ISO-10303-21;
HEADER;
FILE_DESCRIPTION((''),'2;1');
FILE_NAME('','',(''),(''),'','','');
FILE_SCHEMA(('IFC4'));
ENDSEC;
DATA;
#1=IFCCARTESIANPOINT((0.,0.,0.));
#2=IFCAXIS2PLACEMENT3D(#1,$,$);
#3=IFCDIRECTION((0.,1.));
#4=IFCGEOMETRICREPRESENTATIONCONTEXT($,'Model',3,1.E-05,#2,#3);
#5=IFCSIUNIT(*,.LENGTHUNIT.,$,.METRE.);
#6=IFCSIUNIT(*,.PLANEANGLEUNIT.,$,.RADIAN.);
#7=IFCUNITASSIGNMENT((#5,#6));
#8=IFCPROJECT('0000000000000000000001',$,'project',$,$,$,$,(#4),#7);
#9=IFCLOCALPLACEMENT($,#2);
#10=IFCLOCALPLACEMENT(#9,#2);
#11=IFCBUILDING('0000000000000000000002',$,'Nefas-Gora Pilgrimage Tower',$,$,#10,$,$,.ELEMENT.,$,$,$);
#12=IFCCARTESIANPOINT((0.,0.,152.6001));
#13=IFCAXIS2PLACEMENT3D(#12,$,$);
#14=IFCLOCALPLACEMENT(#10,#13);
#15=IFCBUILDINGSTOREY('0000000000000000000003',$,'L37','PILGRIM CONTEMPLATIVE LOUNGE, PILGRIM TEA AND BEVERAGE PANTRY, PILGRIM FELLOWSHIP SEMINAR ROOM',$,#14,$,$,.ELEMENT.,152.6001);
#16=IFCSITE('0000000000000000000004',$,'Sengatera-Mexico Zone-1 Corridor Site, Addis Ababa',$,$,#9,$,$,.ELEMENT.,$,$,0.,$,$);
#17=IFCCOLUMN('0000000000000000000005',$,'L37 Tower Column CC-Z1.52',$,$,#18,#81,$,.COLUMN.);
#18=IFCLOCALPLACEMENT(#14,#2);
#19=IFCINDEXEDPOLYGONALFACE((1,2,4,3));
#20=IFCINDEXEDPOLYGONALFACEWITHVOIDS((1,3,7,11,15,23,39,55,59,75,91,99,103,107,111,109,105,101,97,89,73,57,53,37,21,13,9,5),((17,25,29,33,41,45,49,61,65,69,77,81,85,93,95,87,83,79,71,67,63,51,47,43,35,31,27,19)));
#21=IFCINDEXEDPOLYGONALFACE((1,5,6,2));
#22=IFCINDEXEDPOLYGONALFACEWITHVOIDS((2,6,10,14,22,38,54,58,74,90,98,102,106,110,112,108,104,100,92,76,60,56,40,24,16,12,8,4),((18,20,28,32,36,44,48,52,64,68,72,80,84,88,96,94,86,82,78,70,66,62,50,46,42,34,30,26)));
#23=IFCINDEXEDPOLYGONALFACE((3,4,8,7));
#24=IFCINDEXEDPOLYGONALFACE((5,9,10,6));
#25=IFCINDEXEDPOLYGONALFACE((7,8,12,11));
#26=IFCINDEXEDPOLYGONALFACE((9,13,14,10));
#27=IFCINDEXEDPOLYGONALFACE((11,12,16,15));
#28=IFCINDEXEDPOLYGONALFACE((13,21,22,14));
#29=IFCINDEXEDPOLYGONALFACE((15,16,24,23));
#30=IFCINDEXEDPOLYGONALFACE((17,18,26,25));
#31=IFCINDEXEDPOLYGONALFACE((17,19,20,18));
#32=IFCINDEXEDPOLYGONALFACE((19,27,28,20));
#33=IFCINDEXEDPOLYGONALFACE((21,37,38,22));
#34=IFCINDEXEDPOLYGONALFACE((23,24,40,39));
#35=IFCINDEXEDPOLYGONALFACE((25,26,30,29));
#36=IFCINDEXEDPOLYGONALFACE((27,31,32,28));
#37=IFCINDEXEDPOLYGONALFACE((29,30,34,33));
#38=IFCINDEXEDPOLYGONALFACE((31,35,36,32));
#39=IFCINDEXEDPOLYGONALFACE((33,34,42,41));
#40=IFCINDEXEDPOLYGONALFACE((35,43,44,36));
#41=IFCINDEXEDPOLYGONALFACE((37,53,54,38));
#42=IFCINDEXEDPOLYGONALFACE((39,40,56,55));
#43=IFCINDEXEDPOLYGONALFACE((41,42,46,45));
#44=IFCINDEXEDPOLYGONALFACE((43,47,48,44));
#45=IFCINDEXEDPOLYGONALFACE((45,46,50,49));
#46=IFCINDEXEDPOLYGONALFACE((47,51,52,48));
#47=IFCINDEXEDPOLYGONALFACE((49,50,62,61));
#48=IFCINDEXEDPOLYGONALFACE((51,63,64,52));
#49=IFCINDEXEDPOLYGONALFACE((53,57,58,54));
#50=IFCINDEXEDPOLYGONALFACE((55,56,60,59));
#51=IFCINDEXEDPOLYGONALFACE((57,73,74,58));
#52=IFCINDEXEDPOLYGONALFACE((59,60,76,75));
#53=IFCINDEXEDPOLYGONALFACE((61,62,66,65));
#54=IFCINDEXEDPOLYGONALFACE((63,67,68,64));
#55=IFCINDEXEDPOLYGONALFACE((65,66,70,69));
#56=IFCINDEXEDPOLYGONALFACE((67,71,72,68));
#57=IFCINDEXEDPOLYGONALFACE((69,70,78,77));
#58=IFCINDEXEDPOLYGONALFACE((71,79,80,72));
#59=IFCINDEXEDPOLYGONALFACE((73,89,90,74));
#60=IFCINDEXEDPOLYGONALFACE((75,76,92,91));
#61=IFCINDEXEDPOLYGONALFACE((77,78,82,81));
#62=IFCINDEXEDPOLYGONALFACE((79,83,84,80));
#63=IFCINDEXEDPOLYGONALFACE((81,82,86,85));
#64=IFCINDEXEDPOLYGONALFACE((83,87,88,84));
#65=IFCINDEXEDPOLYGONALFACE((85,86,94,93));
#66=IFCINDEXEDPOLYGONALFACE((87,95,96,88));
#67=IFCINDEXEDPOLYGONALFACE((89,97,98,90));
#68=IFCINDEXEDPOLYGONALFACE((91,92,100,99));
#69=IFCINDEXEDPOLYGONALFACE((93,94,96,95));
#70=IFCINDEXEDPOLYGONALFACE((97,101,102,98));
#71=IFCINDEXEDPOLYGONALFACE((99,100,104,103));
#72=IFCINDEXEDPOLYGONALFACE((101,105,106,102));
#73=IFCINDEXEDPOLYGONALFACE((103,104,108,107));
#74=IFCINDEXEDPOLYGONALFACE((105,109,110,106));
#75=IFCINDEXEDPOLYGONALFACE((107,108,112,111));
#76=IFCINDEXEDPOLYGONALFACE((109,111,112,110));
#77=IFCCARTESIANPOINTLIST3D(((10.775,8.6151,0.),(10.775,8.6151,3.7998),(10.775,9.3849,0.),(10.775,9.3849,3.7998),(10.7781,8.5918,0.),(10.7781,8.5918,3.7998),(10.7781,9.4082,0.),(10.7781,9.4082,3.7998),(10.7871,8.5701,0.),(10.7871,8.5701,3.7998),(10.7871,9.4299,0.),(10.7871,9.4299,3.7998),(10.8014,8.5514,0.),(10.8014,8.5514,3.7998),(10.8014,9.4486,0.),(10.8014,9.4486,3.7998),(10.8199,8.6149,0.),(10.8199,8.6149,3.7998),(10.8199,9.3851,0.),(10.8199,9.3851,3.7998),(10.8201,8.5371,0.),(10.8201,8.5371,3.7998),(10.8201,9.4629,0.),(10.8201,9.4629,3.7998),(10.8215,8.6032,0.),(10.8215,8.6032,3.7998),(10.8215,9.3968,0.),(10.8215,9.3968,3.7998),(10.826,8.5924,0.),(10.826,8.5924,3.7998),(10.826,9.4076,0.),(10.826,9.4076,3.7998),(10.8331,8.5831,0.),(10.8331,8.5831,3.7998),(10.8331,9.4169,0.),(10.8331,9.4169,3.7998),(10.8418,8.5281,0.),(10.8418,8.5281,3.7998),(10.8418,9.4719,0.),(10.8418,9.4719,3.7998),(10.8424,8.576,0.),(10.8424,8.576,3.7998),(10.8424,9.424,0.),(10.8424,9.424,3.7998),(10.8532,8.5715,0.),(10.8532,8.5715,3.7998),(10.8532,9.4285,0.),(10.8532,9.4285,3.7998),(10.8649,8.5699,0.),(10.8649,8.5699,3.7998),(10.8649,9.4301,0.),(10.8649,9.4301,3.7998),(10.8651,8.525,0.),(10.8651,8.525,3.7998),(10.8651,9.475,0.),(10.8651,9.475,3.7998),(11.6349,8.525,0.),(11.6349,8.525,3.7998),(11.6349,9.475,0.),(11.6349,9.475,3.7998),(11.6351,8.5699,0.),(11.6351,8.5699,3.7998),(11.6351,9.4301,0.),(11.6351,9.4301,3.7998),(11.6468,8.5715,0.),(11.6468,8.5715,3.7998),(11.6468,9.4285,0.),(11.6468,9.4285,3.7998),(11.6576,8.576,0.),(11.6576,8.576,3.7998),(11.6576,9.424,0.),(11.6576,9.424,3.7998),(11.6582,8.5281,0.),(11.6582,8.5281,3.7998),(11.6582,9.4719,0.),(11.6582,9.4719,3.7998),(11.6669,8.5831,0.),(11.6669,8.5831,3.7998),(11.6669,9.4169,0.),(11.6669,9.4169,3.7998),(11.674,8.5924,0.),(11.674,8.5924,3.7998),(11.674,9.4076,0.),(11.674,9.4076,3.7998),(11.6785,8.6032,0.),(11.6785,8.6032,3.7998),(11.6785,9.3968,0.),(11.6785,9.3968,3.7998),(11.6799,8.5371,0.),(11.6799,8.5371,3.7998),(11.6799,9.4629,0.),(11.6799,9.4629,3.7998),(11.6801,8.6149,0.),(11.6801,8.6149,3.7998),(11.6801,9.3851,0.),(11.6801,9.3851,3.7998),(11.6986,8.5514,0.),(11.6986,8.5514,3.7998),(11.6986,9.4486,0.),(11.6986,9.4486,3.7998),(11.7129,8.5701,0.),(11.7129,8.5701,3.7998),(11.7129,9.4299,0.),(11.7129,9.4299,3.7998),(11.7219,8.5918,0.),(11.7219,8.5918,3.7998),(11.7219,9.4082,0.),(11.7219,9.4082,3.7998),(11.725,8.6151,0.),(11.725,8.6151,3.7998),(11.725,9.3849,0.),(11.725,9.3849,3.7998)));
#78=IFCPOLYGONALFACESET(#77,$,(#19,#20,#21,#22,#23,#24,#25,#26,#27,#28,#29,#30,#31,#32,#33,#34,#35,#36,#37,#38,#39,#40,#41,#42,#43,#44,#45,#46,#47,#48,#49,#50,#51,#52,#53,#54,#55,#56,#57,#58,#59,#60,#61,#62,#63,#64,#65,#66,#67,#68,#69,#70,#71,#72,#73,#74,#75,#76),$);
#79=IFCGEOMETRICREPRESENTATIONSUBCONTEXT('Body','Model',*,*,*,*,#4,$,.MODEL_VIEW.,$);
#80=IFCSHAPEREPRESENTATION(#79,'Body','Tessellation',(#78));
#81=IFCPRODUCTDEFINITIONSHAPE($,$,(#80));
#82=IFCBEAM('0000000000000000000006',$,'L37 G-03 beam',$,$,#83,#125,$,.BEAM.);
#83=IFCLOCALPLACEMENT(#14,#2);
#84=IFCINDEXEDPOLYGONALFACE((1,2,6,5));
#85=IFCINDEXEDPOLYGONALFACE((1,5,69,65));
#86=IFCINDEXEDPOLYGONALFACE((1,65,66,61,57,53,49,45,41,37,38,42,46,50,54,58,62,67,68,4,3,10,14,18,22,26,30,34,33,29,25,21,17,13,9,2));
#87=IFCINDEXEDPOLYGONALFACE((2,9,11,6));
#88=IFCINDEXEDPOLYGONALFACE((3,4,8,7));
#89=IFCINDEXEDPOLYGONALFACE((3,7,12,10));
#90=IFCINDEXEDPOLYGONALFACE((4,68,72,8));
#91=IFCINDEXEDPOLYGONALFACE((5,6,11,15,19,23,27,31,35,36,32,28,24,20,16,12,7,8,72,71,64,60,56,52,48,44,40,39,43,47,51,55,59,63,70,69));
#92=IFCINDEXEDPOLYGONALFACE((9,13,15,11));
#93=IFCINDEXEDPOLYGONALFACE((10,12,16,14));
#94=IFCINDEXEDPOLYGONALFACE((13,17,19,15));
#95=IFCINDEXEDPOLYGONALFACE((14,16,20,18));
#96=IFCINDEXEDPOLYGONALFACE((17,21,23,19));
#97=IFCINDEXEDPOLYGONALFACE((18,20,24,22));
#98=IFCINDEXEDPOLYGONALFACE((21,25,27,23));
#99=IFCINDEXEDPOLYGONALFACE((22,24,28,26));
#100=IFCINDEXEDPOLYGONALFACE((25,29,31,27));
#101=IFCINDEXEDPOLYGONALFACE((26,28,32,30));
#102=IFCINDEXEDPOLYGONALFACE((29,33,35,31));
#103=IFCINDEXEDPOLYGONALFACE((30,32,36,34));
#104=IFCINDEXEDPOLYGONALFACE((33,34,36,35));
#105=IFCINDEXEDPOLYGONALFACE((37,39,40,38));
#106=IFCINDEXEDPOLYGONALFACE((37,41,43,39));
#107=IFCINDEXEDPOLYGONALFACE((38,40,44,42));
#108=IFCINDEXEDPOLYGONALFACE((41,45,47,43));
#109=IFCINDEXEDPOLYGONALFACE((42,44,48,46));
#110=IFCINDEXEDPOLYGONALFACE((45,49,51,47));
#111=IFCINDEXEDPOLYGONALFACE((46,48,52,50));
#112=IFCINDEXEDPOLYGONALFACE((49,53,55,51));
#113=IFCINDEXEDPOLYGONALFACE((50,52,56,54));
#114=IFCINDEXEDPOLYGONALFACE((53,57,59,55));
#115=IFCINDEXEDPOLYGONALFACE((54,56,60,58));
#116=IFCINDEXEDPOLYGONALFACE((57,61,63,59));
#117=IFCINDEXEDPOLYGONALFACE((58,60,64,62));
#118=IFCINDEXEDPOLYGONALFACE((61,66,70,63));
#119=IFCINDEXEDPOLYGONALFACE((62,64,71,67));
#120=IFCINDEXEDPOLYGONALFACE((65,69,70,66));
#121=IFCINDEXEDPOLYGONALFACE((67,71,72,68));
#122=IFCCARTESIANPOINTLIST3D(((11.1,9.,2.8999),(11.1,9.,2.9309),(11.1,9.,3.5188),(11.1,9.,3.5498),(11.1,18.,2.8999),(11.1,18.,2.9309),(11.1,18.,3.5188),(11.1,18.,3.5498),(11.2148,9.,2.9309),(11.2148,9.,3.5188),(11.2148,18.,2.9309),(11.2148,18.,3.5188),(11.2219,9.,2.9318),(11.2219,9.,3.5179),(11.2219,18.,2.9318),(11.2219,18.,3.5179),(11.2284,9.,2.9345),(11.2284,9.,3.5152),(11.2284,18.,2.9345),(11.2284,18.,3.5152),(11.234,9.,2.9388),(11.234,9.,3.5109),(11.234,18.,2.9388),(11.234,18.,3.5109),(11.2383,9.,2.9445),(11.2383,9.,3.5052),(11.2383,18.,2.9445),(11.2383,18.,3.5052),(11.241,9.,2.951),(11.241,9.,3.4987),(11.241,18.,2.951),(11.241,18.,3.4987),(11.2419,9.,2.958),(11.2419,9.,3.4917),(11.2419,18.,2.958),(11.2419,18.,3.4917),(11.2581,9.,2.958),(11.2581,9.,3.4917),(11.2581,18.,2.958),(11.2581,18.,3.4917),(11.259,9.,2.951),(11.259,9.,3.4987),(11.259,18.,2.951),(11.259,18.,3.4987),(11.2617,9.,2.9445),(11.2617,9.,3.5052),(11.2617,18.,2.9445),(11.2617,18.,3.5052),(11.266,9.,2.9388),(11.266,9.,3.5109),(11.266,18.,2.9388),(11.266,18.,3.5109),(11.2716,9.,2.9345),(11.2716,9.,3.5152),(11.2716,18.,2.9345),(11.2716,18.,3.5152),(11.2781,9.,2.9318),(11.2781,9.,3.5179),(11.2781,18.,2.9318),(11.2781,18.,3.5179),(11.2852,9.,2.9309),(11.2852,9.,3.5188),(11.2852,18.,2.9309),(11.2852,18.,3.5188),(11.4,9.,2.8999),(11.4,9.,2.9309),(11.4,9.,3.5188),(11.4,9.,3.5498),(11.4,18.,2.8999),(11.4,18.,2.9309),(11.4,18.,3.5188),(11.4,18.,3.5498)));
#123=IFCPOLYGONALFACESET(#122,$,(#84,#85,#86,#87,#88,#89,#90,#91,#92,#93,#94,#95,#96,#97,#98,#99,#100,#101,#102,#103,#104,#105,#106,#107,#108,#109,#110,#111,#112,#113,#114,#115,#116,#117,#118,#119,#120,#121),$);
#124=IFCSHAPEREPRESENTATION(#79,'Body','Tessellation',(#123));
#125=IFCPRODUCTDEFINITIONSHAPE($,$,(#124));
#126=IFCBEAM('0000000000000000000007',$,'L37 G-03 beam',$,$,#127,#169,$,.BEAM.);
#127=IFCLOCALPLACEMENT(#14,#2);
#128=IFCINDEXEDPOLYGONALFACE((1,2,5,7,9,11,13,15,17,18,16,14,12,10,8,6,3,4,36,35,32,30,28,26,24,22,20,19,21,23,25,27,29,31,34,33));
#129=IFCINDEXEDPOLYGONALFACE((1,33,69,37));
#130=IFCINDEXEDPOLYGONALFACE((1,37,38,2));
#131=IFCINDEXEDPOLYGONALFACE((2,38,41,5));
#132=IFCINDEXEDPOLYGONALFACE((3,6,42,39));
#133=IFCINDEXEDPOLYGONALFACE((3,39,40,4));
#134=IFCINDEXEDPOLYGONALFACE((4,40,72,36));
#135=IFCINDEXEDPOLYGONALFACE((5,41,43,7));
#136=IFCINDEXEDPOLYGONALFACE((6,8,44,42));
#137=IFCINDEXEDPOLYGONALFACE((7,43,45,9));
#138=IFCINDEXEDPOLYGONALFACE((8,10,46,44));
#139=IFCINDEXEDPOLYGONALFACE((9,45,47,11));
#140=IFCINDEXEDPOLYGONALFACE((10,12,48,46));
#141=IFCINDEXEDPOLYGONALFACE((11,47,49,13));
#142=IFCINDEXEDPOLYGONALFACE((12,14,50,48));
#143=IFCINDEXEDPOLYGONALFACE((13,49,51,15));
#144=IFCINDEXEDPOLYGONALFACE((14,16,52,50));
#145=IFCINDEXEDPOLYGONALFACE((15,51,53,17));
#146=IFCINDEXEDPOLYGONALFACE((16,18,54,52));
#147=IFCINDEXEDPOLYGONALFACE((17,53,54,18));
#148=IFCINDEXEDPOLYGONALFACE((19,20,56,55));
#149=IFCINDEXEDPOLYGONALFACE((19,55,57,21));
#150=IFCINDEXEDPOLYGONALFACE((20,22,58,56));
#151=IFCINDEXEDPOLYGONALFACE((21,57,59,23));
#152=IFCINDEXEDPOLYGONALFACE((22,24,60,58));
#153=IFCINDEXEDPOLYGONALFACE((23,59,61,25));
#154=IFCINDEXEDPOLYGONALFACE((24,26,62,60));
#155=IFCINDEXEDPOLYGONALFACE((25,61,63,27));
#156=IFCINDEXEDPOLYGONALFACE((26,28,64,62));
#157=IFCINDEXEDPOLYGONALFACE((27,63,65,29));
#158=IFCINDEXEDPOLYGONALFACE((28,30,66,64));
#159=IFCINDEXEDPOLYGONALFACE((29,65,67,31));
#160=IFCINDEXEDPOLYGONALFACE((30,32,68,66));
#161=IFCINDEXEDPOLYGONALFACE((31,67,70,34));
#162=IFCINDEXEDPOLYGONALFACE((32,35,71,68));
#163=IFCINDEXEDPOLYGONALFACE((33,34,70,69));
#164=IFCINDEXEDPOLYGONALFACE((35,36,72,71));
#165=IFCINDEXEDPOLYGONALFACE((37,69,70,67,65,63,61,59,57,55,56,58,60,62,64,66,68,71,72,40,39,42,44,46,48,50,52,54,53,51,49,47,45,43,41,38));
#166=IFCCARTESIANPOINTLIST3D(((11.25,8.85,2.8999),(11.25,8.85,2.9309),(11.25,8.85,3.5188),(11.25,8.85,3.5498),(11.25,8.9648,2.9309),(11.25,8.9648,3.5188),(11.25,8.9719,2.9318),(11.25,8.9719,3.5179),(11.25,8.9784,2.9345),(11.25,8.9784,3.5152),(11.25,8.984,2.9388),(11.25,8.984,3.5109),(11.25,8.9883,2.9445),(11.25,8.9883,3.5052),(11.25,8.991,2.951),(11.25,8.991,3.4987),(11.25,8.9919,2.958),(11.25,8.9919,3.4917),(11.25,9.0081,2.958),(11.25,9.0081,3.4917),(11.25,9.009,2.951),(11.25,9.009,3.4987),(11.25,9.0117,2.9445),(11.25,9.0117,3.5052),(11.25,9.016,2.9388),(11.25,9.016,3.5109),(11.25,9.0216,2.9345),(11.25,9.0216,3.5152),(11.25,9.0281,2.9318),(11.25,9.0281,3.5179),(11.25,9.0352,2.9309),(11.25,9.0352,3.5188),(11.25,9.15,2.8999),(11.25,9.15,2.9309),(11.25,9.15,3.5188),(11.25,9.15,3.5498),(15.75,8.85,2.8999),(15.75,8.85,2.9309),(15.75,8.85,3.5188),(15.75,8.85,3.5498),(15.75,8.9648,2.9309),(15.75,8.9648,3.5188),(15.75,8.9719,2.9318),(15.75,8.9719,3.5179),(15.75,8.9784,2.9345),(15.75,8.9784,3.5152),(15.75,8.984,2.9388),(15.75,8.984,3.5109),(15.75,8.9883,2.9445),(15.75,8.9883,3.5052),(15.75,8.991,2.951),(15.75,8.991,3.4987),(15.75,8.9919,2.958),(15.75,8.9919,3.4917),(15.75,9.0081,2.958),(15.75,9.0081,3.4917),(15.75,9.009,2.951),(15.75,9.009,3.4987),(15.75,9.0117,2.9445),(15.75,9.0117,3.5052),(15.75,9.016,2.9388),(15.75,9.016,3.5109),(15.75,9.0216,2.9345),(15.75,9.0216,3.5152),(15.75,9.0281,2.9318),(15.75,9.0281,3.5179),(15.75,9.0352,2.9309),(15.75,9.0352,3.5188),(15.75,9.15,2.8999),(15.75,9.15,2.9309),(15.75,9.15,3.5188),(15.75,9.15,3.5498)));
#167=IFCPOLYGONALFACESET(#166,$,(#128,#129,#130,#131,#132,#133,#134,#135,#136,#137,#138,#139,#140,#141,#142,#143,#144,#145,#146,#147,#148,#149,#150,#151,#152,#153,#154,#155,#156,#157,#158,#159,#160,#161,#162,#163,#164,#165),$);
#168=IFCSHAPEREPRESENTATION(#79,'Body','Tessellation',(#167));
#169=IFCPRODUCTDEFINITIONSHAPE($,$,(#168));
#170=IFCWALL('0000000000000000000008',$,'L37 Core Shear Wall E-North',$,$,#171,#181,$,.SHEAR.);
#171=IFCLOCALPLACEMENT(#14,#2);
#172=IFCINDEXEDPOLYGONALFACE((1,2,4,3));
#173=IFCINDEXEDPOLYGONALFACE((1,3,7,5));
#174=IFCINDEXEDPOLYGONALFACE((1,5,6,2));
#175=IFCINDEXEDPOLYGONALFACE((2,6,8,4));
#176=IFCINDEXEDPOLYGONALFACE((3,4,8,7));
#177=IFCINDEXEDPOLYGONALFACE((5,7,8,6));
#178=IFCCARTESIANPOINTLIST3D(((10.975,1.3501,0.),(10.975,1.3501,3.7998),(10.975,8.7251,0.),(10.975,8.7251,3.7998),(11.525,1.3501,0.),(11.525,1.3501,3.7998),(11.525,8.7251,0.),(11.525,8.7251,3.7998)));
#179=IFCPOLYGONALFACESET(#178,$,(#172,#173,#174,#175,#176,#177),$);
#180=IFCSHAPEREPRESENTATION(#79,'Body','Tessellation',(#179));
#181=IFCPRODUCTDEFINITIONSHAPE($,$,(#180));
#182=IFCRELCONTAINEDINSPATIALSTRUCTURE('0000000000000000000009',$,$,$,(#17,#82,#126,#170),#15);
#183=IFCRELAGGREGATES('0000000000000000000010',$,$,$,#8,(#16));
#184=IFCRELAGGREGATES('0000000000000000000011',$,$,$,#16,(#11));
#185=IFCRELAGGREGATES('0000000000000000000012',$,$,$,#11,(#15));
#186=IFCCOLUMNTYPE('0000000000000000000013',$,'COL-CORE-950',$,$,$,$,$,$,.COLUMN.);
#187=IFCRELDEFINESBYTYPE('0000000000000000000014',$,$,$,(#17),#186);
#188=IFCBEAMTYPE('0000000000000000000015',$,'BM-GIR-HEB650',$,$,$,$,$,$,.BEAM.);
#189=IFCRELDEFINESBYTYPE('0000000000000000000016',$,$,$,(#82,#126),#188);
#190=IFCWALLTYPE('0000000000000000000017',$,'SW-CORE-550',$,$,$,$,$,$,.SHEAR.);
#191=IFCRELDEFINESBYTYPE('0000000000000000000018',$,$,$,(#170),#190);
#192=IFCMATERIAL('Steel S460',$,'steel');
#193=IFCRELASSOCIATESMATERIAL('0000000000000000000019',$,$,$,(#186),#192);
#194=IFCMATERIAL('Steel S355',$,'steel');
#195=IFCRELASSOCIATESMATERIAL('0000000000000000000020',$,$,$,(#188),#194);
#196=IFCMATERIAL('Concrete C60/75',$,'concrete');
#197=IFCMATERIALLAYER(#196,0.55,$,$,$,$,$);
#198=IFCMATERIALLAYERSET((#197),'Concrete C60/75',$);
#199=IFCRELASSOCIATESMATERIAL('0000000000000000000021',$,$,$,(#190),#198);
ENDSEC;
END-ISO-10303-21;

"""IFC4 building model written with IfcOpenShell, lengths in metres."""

from ifc_helpers import new_model, si_unit, direction, frame, frame_2d, origin, origin_2d, place, context, subcontext, project, spatial, rectangle, hollow_rectangle, i_section, extrude, source, transform, mapped, material, layer, layer_set, material_profile, profile_set, type_object, element, save


model = new_model("IFC4")

# Units and contexts
model_context = context("Model", 3, precision=1e-05, world=origin(), true_north=direction((0.0, 1.0)))
body_context = subcontext(model_context, "Body", "Model", "MODEL_VIEW")
ifc_project = project(units=[si_unit("LENGTHUNIT", "METRE"), si_unit("PLANEANGLEUNIT", "RADIAN")], contexts=[model_context])

# Site, building, storey
site_placement = place(None, origin())
site = spatial("IfcSite", under=ifc_project, at=site_placement, Name="Sengatera-Mexico Zone-1 Corridor Site, Addis Ababa", CompositionType="ELEMENT", RefElevation=0.0)
building_placement = place(site_placement, origin())
building = spatial("IfcBuilding", under=site, at=building_placement, Name="Nefas-Gora Pilgrimage Tower", CompositionType="ELEMENT")
storey_placement = place(building_placement, frame((0.0, 0.0, 152.6001)))
storey = spatial("IfcBuildingStorey", under=building, at=storey_placement, Name="L37", Description="PILGRIM CONTEMPLATIVE LOUNGE, PILGRIM TEA AND BEVERAGE PANTRY, PILGRIM FELLOWSHIP SEMINAR ROOM", CompositionType="ELEMENT", Elevation=152.6001)

# Column
ifc_material_1 = material(Name="Steel S460", Category="steel")
ifc_material_profile_1 = material_profile(ifc_material_1, hollow_rectangle(XDim=0.95, YDim=0.95, WallThickness=0.0449, InnerFilletRadius=0.0449, OuterFilletRadius=0.0901, at=origin_2d()), Name="BOX 950x950x45")
ifc_profile_set_1 = profile_set([ifc_material_profile_1], Name="Steel S460")
column_type = type_object("IfcColumnType", Name="COL-CORE-950", PredefinedType="COLUMN", material=ifc_profile_set_1)
shared_shape_1 = source(origin(), body_context, "Body", "SweptSolid", [
    extrude(hollow_rectangle(XDim=0.95, YDim=0.95, WallThickness=0.0449, InnerFilletRadius=0.0449, OuterFilletRadius=0.0901, at=origin_2d()), origin(), (0.0, 0.0, 1.0), 3.7998),
])
column_placement = place(storey_placement, frame((11.25, 9.0, 0.0), z_axis=(0.0, 0.0, 1.0), x_axis=(1.0, 0.0, 0.0)))
element("IfcColumn", 1, at=column_placement, inside=storey, type_object=column_type, Name="L37 Tower Column CC-Z1.52", PredefinedType="COLUMN", context=body_context, shape_type="MappedRepresentation", body=[
    mapped(shared_shape_1, transform((0.0, 0.0, 0.0), x_axis=(1.0, 0.0, 0.0), y_axis=(0.0, 1.0, 0.0), z_axis=(0.0, 0.0, 1.0), scale=1.0)),
])

# Beams
ifc_material_2 = material(Name="Steel S355", Category="steel")
ifc_material_profile_2 = material_profile(ifc_material_2, i_section(OverallWidth=0.3, OverallDepth=0.6499, WebThickness=0.0161, FlangeThickness=0.031, FilletRadius=0.0271, at=origin_2d()), Name="HEB 650")
ifc_profile_set_2 = profile_set([ifc_material_profile_2], Name="Steel S355")
beam_type = type_object("IfcBeamType", Name="BM-GIR-HEB650", PredefinedType="BEAM", material=ifc_profile_set_2)
shared_shape_2 = source(origin(), body_context, "Body", "SweptSolid", [
    extrude(i_section(OverallWidth=0.3, OverallDepth=0.6499, WebThickness=0.0161, FlangeThickness=0.031, FilletRadius=0.0271, at=origin_2d()), origin(), (0.0, 0.0, 1.0), 9.0),
])
beam_1_placement = place(storey_placement, frame((11.25, 9.0, 3.2249), z_axis=(0.0, 1.0, 0.0), x_axis=(-1.0, 0.0, 0.0)))
element("IfcBeam", 2, at=beam_1_placement, inside=storey, type_object=beam_type, Name="L37 G-03 beam", PredefinedType="BEAM", context=body_context, shape_type="MappedRepresentation", body=[
    mapped(shared_shape_2, transform((0.0, 0.0, 0.0), x_axis=(1.0, 0.0, 0.0), y_axis=(0.0, 1.0, 0.0), z_axis=(0.0, 0.0, 1.0), scale=1.0)),
])
shared_shape_3 = source(origin(), body_context, "Body", "SweptSolid", [
    extrude(i_section(OverallWidth=0.3, OverallDepth=0.6499, WebThickness=0.0161, FlangeThickness=0.031, FilletRadius=0.0271, at=origin_2d()), origin(), (0.0, 0.0, 1.0), 4.5),
])
beam_2_placement = place(storey_placement, frame((11.25, 9.0, 3.2249), z_axis=(1.0, 0.0, 0.0), x_axis=(0.0, 1.0, 0.0)))
element("IfcBeam", 3, at=beam_2_placement, inside=storey, type_object=beam_type, Name="L37 G-03 beam", PredefinedType="BEAM", context=body_context, shape_type="MappedRepresentation", body=[
    mapped(shared_shape_3, transform((0.0, 0.0, 0.0), x_axis=(1.0, 0.0, 0.0), y_axis=(0.0, 1.0, 0.0), z_axis=(0.0, 0.0, 1.0), scale=1.0)),
])

# Wall
ifc_material_3 = material(Name="Concrete C60/75", Category="concrete")
ifc_layer_1 = layer(ifc_material_3, 0.55)
ifc_layer_set_1 = layer_set([ifc_layer_1], Name="Concrete C60/75")
wall_type_1 = type_object("IfcWallType", Name="SW-CORE-550", PredefinedType="SHEAR", material=ifc_layer_set_1)
shared_shape_4 = source(origin(), body_context, "Body", "SweptSolid", [
    extrude(rectangle(XDim=7.375, YDim=0.55, at=frame_2d((3.6875, 0.0))), origin(), (0.0, 0.0, 1.0), 3.7998),
])
wall_1_placement = place(storey_placement, frame((11.25, 1.3501, 0.0), z_axis=(0.0, 0.0, 1.0), x_axis=(0.0, 1.0, 0.0)))
element("IfcWall", 4, at=wall_1_placement, inside=storey, type_object=wall_type_1, Name="L37 Core Shear Wall E-North", PredefinedType="SHEAR", context=body_context, shape_type="MappedRepresentation", body=[
    mapped(shared_shape_4, transform((0.0, 0.0, 0.0), x_axis=(1.0, 0.0, 0.0), y_axis=(0.0, 1.0, 0.0), z_axis=(0.0, 0.0, 1.0), scale=1.0)),
])

save(model, "model.ifc")
